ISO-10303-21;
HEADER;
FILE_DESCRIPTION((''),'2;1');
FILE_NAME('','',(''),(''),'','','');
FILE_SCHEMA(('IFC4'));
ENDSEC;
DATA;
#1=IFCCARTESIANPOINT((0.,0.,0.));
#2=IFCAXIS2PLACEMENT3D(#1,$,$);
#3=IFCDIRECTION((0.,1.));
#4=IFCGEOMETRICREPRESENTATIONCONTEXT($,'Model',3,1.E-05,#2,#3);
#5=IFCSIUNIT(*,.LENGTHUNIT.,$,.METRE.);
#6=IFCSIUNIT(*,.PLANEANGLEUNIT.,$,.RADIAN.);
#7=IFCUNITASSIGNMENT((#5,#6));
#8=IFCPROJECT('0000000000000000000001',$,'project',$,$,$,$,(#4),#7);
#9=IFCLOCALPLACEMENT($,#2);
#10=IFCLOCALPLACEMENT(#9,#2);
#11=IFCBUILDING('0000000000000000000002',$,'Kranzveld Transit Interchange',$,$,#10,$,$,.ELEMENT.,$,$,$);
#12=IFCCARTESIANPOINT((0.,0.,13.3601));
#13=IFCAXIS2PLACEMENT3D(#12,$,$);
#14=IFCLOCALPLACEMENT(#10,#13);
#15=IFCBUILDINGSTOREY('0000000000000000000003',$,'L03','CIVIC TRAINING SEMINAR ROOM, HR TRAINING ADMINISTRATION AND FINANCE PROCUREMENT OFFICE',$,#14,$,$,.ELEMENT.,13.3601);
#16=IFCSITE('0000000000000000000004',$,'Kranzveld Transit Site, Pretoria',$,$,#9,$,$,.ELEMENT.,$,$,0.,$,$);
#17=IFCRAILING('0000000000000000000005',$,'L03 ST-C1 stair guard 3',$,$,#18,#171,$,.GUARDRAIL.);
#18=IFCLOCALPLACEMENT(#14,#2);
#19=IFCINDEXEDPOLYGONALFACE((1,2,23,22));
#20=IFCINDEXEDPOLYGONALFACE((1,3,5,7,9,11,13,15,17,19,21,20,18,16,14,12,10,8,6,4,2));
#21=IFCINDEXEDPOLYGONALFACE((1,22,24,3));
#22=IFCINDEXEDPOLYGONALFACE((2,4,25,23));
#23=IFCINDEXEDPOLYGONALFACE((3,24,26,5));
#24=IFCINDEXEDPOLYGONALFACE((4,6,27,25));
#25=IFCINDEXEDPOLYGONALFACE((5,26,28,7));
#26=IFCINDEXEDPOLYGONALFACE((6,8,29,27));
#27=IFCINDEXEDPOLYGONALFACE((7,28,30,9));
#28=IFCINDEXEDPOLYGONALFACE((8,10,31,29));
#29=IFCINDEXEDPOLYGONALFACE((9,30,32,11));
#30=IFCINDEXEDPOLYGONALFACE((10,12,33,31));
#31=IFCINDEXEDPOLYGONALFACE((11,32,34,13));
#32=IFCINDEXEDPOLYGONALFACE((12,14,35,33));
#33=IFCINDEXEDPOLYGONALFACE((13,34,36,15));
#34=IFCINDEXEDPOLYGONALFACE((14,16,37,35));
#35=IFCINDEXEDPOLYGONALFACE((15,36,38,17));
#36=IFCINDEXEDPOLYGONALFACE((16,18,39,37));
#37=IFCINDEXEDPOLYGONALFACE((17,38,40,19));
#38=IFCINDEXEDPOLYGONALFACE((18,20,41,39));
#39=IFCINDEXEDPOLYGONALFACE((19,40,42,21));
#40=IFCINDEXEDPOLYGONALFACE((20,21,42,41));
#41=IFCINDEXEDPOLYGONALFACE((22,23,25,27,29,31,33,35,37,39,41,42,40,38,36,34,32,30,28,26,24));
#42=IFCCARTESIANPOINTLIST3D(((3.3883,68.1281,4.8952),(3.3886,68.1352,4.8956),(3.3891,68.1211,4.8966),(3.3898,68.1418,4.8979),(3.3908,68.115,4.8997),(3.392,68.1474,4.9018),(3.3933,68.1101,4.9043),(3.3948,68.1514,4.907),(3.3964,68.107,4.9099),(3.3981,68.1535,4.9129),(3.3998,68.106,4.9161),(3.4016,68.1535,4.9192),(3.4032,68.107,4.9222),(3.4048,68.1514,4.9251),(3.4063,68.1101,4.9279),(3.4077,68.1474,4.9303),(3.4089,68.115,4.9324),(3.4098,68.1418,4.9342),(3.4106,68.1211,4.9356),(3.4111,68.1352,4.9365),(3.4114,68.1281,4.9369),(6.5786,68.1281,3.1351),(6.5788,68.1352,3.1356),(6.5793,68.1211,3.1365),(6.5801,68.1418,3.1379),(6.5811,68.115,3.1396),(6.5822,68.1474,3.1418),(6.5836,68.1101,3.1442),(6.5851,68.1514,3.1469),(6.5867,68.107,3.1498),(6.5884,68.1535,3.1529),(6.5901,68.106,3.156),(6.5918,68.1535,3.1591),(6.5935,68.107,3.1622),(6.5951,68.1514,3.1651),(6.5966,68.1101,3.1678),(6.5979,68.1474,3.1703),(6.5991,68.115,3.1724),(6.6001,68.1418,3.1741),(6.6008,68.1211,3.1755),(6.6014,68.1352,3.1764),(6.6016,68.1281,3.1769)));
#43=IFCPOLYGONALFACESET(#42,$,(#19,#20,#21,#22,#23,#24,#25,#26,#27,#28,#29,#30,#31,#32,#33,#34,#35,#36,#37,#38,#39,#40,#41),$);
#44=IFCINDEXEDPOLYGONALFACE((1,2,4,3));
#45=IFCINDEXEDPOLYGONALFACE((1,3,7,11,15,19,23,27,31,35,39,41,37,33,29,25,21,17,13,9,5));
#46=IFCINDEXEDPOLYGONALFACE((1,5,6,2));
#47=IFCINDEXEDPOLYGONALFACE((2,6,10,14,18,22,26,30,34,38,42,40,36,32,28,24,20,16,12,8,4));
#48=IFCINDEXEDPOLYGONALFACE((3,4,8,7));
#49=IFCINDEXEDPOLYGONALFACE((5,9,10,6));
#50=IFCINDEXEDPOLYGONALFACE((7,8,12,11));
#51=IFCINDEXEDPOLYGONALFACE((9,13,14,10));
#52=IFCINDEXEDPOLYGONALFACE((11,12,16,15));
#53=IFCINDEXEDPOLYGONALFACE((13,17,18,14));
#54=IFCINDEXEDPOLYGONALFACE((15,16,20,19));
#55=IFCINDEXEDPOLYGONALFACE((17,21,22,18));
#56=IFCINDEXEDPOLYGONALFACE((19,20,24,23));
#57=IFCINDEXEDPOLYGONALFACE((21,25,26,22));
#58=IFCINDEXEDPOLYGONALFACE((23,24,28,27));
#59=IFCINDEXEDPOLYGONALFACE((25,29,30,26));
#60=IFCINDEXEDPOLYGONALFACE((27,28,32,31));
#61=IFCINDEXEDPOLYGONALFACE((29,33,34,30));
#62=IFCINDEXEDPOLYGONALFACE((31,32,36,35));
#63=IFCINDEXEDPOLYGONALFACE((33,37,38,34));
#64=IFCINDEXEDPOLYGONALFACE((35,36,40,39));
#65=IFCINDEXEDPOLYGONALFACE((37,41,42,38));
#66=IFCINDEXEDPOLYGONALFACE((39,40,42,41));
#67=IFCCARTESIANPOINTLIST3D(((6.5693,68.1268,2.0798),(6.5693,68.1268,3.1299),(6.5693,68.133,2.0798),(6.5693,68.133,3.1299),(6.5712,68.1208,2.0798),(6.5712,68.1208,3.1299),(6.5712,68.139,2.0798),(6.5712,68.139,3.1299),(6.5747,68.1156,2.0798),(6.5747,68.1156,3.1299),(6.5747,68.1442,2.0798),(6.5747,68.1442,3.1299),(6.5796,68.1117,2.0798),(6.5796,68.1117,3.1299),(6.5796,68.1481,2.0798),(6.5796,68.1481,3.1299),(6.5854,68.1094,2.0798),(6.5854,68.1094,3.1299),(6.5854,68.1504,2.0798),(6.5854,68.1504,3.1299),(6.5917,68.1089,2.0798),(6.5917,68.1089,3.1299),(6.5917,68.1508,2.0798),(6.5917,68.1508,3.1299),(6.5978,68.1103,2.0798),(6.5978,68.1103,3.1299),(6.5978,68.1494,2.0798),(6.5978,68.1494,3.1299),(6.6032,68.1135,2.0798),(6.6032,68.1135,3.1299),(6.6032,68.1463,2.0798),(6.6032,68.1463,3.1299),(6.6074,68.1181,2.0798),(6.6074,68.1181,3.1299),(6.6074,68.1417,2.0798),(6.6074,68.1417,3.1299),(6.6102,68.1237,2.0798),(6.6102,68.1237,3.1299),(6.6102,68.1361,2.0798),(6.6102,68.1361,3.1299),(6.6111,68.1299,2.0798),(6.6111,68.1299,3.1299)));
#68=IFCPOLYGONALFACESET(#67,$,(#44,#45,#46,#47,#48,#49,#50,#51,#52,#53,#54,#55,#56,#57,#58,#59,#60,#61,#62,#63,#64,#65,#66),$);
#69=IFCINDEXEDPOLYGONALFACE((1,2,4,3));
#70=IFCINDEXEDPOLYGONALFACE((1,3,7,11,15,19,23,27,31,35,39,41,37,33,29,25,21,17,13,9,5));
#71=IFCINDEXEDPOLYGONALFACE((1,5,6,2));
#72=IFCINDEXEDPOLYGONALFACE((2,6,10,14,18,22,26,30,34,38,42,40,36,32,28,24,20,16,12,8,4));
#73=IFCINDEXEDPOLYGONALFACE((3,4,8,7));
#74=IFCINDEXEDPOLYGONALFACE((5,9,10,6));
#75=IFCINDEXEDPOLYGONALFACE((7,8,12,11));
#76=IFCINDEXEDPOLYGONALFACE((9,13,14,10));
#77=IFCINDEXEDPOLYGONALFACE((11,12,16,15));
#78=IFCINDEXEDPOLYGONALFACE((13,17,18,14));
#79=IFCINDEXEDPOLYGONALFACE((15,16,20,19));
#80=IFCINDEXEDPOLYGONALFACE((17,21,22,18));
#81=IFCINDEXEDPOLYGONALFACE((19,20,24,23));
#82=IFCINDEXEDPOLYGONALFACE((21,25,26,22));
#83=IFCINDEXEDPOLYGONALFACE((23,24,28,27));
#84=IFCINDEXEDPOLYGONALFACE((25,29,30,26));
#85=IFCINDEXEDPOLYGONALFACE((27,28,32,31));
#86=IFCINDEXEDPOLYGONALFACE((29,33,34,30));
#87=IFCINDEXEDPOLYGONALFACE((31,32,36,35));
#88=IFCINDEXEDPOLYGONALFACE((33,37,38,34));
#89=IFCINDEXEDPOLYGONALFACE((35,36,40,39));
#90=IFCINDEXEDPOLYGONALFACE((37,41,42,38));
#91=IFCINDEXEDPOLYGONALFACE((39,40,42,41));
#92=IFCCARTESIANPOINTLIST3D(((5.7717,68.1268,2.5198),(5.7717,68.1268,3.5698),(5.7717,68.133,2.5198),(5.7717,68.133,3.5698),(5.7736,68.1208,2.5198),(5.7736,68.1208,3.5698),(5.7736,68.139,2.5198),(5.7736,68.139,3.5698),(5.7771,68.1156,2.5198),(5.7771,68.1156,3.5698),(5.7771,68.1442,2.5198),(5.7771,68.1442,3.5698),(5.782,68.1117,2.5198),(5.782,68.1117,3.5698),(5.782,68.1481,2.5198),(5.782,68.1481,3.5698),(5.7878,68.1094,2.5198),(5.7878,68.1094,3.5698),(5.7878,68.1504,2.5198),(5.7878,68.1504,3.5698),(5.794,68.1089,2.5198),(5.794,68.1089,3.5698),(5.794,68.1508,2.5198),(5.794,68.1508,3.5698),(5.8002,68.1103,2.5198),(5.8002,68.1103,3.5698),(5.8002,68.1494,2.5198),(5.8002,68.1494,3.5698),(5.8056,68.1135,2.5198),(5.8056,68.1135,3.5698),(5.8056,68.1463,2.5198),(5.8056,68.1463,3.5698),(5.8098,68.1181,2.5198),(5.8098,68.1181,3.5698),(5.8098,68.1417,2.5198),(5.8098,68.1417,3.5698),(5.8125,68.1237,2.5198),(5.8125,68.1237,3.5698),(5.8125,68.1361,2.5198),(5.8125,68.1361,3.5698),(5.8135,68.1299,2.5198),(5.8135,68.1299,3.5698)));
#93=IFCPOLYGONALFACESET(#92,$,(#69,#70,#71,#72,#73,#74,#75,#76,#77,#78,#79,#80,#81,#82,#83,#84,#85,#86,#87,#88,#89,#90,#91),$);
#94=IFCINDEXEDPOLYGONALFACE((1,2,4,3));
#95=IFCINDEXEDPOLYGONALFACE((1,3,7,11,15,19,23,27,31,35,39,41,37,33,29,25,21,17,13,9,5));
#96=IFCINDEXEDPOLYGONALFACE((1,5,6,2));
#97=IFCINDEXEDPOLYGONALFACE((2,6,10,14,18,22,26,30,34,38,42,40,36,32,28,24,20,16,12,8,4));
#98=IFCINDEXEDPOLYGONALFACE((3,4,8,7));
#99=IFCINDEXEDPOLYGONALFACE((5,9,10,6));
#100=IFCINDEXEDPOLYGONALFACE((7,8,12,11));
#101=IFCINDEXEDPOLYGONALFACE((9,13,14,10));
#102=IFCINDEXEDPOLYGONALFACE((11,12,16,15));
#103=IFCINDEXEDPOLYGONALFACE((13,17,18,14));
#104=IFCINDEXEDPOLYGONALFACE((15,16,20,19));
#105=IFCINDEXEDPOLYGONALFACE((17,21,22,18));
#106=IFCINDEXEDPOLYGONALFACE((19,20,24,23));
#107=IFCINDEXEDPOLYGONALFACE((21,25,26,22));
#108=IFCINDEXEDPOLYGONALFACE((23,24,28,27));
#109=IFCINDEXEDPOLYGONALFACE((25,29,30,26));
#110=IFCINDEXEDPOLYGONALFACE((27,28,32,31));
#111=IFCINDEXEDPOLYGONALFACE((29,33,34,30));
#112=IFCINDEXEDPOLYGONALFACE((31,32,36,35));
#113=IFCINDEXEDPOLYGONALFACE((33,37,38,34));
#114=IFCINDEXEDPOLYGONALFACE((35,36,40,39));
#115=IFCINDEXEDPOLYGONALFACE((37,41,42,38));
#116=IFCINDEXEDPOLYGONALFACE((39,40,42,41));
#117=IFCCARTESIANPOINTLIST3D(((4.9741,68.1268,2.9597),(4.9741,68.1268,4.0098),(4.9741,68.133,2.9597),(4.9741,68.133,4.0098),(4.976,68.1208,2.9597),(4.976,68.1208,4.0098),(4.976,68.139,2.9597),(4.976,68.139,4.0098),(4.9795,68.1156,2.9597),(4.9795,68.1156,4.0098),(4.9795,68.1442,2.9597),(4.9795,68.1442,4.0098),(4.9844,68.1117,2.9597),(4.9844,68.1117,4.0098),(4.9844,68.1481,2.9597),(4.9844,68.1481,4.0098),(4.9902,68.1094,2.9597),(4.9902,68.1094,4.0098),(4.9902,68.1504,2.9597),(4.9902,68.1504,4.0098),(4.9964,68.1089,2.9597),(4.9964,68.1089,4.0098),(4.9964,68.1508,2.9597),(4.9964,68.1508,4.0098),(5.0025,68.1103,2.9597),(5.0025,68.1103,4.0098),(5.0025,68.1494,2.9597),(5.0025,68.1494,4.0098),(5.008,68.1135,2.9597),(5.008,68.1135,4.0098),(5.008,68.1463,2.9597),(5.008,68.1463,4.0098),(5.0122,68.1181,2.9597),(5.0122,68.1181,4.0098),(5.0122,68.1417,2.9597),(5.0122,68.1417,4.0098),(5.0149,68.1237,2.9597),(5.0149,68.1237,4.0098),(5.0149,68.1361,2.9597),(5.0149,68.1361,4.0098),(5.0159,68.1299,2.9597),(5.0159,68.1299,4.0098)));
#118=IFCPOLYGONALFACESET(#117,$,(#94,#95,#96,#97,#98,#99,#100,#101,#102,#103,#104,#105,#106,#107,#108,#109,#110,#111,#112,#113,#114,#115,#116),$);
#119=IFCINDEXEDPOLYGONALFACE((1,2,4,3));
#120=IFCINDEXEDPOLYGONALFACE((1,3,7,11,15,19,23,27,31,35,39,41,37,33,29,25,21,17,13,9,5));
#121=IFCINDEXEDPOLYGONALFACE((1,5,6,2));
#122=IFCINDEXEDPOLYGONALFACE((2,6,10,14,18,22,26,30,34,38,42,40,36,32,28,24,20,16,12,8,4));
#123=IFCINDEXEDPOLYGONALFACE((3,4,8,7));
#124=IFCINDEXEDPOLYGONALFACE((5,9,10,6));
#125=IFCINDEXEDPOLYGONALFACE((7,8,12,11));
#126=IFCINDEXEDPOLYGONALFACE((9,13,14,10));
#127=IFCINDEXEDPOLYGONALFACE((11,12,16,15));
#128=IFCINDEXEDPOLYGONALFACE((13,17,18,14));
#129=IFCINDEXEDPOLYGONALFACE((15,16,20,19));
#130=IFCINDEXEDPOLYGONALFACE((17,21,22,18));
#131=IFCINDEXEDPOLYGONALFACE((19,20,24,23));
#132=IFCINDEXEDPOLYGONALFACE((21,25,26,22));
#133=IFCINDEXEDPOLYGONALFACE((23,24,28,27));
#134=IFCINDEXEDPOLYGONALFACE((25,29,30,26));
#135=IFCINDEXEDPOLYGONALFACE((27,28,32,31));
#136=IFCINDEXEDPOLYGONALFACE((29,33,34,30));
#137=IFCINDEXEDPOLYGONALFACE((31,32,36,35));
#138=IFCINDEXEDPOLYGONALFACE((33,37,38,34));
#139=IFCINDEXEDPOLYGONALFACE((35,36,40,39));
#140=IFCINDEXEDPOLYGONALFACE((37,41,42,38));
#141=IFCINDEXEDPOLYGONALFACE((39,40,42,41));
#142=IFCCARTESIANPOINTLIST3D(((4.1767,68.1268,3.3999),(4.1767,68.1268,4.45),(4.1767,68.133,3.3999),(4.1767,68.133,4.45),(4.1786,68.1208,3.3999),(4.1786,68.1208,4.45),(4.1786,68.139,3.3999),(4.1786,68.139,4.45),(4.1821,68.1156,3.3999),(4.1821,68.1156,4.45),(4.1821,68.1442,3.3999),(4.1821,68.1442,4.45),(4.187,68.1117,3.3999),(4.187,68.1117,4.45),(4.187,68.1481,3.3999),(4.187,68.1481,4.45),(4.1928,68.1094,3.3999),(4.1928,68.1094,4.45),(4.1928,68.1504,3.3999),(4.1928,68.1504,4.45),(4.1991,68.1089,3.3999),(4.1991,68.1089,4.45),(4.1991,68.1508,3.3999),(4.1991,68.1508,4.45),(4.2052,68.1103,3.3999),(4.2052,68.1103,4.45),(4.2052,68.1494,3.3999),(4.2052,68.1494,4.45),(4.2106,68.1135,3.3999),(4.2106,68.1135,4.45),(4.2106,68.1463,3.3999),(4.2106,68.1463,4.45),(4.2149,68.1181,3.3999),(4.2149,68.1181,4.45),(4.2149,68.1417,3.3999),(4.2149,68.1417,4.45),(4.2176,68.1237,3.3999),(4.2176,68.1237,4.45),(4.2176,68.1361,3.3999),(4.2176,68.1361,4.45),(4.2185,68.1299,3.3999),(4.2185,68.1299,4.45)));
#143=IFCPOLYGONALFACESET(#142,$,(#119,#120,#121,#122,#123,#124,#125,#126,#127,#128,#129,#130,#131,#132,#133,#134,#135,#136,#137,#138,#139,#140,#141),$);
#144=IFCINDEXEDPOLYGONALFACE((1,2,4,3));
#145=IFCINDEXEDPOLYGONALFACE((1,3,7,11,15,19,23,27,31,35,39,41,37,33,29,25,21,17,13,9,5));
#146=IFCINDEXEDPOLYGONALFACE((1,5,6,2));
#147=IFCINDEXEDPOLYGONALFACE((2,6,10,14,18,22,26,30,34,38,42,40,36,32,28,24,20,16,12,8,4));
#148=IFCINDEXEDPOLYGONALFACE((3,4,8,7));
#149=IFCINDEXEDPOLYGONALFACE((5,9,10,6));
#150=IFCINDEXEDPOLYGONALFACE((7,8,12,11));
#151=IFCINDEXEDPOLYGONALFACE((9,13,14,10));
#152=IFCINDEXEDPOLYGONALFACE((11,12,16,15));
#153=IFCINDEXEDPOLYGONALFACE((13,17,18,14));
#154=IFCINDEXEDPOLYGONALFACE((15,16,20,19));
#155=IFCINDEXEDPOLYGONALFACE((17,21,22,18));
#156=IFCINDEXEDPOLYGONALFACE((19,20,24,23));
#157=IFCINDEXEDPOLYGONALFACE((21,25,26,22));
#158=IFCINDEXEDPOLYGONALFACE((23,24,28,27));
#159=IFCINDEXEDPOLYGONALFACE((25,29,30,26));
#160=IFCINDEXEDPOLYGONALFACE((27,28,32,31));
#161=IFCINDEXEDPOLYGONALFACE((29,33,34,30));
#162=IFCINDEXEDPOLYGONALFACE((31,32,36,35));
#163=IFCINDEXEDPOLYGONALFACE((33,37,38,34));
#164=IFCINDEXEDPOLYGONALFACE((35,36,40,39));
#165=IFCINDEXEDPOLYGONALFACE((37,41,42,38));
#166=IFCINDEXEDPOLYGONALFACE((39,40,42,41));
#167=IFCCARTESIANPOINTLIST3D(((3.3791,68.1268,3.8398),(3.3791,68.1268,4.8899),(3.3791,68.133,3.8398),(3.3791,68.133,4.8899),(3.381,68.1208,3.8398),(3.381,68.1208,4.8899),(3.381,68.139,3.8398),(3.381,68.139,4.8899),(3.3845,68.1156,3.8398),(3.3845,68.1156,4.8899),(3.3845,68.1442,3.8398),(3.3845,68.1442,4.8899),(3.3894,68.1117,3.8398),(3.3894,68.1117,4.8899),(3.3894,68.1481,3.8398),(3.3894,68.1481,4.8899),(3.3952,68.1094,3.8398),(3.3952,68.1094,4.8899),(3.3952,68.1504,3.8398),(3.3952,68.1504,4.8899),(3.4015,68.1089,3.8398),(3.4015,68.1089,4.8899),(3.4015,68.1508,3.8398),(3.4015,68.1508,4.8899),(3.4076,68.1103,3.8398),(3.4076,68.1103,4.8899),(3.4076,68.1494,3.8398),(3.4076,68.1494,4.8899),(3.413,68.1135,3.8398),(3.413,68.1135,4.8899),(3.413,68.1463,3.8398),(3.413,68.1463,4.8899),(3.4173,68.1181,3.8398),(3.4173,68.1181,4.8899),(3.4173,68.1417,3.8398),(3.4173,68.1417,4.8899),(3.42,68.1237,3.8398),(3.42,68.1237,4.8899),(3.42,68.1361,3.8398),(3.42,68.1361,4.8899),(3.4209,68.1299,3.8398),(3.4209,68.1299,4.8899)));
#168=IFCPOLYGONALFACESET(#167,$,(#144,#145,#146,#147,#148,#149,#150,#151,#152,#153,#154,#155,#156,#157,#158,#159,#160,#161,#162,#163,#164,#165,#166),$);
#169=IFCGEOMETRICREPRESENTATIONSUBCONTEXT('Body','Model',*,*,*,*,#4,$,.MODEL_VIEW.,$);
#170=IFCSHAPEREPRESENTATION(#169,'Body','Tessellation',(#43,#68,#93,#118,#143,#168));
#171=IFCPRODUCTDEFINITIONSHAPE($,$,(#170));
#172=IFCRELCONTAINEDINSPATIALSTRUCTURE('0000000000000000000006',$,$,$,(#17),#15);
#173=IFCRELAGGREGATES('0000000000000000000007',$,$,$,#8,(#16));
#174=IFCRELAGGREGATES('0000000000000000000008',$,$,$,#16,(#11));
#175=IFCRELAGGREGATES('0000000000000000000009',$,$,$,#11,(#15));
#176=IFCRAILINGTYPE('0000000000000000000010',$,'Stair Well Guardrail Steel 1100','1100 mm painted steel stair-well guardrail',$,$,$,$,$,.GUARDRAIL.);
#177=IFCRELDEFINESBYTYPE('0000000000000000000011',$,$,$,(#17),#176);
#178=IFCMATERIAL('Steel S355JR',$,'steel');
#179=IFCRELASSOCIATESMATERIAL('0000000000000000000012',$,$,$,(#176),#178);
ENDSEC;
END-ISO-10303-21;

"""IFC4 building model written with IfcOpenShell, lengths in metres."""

from ifc_helpers import new_model, si_unit, direction, frame, origin, origin_2d, place, context, subcontext, project, spatial, circle, extrude, material, type_object, element, save


model = new_model("IFC4")

# Units and contexts
model_context = context("Model", 3, precision=1e-05, world=origin(), true_north=direction((0.0, 1.0)))
body_context = subcontext(model_context, "Body", "Model", "MODEL_VIEW")
ifc_project = project(units=[si_unit("LENGTHUNIT", "METRE"), si_unit("PLANEANGLEUNIT", "RADIAN")], contexts=[model_context])

# Site, building, storey
site_placement = place(None, origin())
site = spatial("IfcSite", under=ifc_project, at=site_placement, Name="Kranzveld Transit Site, Pretoria", CompositionType="ELEMENT", RefElevation=0.0)
building_placement = place(site_placement, origin())
building = spatial("IfcBuilding", under=site, at=building_placement, Name="Kranzveld Transit Interchange", CompositionType="ELEMENT")
storey_placement = place(building_placement, frame((0.0, 0.0, 13.3601)))
storey = spatial("IfcBuildingStorey", under=building, at=storey_placement, Name="L03", Description="CIVIC TRAINING SEMINAR ROOM, HR TRAINING ADMINISTRATION AND FINANCE PROCUREMENT OFFICE", CompositionType="ELEMENT", Elevation=13.3601)

# Railing
ifc_material_1 = material(Name="Steel S355JR", Category="steel")
railing_type_1 = type_object("IfcRailingType", Name="Stair Well Guardrail Steel 1100", Description="1100 mm painted steel stair-well guardrail", PredefinedType="GUARDRAIL", material=ifc_material_1)
railing_1_placement = place(storey_placement, frame((6.5901, 68.1299, 2.0798)))
element("IfcRailing", 1, at=railing_1_placement, inside=storey, type_object=railing_type_1, Name="L03 ST-C1 stair guard 3", PredefinedType="GUARDRAIL", context=body_context, shape_type="SweptSolid", body=[
    extrude(circle(Radius=0.0239, at=origin_2d()), frame((0.0, 0.0, 1.0762), z_axis=(-0.875588, 0.0, 0.483058), x_axis=(0.0, -1.0, 0.0)), (0.0, 0.0, 1.0), 3.6436),
    extrude(circle(Radius=0.021, at=origin_2d()), origin(), (0.0, 0.0, 1.0), 1.05),
    extrude(circle(Radius=0.021, at=origin_2d()), frame((-0.7976, 0.0, 0.4399)), (0.0, 0.0, 1.0), 1.05),
    extrude(circle(Radius=0.021, at=origin_2d()), frame((-1.5952, 0.0, 0.8799)), (0.0, 0.0, 1.0), 1.05),
    extrude(circle(Radius=0.021, at=origin_2d()), frame((-2.3926, 0.0, 1.3201)), (0.0, 0.0, 1.0), 1.05),
    extrude(circle(Radius=0.021, at=origin_2d()), frame((-3.1902, 0.0, 1.76)), (0.0, 0.0, 1.0), 1.05),
])

save(model, "model.ifc")
